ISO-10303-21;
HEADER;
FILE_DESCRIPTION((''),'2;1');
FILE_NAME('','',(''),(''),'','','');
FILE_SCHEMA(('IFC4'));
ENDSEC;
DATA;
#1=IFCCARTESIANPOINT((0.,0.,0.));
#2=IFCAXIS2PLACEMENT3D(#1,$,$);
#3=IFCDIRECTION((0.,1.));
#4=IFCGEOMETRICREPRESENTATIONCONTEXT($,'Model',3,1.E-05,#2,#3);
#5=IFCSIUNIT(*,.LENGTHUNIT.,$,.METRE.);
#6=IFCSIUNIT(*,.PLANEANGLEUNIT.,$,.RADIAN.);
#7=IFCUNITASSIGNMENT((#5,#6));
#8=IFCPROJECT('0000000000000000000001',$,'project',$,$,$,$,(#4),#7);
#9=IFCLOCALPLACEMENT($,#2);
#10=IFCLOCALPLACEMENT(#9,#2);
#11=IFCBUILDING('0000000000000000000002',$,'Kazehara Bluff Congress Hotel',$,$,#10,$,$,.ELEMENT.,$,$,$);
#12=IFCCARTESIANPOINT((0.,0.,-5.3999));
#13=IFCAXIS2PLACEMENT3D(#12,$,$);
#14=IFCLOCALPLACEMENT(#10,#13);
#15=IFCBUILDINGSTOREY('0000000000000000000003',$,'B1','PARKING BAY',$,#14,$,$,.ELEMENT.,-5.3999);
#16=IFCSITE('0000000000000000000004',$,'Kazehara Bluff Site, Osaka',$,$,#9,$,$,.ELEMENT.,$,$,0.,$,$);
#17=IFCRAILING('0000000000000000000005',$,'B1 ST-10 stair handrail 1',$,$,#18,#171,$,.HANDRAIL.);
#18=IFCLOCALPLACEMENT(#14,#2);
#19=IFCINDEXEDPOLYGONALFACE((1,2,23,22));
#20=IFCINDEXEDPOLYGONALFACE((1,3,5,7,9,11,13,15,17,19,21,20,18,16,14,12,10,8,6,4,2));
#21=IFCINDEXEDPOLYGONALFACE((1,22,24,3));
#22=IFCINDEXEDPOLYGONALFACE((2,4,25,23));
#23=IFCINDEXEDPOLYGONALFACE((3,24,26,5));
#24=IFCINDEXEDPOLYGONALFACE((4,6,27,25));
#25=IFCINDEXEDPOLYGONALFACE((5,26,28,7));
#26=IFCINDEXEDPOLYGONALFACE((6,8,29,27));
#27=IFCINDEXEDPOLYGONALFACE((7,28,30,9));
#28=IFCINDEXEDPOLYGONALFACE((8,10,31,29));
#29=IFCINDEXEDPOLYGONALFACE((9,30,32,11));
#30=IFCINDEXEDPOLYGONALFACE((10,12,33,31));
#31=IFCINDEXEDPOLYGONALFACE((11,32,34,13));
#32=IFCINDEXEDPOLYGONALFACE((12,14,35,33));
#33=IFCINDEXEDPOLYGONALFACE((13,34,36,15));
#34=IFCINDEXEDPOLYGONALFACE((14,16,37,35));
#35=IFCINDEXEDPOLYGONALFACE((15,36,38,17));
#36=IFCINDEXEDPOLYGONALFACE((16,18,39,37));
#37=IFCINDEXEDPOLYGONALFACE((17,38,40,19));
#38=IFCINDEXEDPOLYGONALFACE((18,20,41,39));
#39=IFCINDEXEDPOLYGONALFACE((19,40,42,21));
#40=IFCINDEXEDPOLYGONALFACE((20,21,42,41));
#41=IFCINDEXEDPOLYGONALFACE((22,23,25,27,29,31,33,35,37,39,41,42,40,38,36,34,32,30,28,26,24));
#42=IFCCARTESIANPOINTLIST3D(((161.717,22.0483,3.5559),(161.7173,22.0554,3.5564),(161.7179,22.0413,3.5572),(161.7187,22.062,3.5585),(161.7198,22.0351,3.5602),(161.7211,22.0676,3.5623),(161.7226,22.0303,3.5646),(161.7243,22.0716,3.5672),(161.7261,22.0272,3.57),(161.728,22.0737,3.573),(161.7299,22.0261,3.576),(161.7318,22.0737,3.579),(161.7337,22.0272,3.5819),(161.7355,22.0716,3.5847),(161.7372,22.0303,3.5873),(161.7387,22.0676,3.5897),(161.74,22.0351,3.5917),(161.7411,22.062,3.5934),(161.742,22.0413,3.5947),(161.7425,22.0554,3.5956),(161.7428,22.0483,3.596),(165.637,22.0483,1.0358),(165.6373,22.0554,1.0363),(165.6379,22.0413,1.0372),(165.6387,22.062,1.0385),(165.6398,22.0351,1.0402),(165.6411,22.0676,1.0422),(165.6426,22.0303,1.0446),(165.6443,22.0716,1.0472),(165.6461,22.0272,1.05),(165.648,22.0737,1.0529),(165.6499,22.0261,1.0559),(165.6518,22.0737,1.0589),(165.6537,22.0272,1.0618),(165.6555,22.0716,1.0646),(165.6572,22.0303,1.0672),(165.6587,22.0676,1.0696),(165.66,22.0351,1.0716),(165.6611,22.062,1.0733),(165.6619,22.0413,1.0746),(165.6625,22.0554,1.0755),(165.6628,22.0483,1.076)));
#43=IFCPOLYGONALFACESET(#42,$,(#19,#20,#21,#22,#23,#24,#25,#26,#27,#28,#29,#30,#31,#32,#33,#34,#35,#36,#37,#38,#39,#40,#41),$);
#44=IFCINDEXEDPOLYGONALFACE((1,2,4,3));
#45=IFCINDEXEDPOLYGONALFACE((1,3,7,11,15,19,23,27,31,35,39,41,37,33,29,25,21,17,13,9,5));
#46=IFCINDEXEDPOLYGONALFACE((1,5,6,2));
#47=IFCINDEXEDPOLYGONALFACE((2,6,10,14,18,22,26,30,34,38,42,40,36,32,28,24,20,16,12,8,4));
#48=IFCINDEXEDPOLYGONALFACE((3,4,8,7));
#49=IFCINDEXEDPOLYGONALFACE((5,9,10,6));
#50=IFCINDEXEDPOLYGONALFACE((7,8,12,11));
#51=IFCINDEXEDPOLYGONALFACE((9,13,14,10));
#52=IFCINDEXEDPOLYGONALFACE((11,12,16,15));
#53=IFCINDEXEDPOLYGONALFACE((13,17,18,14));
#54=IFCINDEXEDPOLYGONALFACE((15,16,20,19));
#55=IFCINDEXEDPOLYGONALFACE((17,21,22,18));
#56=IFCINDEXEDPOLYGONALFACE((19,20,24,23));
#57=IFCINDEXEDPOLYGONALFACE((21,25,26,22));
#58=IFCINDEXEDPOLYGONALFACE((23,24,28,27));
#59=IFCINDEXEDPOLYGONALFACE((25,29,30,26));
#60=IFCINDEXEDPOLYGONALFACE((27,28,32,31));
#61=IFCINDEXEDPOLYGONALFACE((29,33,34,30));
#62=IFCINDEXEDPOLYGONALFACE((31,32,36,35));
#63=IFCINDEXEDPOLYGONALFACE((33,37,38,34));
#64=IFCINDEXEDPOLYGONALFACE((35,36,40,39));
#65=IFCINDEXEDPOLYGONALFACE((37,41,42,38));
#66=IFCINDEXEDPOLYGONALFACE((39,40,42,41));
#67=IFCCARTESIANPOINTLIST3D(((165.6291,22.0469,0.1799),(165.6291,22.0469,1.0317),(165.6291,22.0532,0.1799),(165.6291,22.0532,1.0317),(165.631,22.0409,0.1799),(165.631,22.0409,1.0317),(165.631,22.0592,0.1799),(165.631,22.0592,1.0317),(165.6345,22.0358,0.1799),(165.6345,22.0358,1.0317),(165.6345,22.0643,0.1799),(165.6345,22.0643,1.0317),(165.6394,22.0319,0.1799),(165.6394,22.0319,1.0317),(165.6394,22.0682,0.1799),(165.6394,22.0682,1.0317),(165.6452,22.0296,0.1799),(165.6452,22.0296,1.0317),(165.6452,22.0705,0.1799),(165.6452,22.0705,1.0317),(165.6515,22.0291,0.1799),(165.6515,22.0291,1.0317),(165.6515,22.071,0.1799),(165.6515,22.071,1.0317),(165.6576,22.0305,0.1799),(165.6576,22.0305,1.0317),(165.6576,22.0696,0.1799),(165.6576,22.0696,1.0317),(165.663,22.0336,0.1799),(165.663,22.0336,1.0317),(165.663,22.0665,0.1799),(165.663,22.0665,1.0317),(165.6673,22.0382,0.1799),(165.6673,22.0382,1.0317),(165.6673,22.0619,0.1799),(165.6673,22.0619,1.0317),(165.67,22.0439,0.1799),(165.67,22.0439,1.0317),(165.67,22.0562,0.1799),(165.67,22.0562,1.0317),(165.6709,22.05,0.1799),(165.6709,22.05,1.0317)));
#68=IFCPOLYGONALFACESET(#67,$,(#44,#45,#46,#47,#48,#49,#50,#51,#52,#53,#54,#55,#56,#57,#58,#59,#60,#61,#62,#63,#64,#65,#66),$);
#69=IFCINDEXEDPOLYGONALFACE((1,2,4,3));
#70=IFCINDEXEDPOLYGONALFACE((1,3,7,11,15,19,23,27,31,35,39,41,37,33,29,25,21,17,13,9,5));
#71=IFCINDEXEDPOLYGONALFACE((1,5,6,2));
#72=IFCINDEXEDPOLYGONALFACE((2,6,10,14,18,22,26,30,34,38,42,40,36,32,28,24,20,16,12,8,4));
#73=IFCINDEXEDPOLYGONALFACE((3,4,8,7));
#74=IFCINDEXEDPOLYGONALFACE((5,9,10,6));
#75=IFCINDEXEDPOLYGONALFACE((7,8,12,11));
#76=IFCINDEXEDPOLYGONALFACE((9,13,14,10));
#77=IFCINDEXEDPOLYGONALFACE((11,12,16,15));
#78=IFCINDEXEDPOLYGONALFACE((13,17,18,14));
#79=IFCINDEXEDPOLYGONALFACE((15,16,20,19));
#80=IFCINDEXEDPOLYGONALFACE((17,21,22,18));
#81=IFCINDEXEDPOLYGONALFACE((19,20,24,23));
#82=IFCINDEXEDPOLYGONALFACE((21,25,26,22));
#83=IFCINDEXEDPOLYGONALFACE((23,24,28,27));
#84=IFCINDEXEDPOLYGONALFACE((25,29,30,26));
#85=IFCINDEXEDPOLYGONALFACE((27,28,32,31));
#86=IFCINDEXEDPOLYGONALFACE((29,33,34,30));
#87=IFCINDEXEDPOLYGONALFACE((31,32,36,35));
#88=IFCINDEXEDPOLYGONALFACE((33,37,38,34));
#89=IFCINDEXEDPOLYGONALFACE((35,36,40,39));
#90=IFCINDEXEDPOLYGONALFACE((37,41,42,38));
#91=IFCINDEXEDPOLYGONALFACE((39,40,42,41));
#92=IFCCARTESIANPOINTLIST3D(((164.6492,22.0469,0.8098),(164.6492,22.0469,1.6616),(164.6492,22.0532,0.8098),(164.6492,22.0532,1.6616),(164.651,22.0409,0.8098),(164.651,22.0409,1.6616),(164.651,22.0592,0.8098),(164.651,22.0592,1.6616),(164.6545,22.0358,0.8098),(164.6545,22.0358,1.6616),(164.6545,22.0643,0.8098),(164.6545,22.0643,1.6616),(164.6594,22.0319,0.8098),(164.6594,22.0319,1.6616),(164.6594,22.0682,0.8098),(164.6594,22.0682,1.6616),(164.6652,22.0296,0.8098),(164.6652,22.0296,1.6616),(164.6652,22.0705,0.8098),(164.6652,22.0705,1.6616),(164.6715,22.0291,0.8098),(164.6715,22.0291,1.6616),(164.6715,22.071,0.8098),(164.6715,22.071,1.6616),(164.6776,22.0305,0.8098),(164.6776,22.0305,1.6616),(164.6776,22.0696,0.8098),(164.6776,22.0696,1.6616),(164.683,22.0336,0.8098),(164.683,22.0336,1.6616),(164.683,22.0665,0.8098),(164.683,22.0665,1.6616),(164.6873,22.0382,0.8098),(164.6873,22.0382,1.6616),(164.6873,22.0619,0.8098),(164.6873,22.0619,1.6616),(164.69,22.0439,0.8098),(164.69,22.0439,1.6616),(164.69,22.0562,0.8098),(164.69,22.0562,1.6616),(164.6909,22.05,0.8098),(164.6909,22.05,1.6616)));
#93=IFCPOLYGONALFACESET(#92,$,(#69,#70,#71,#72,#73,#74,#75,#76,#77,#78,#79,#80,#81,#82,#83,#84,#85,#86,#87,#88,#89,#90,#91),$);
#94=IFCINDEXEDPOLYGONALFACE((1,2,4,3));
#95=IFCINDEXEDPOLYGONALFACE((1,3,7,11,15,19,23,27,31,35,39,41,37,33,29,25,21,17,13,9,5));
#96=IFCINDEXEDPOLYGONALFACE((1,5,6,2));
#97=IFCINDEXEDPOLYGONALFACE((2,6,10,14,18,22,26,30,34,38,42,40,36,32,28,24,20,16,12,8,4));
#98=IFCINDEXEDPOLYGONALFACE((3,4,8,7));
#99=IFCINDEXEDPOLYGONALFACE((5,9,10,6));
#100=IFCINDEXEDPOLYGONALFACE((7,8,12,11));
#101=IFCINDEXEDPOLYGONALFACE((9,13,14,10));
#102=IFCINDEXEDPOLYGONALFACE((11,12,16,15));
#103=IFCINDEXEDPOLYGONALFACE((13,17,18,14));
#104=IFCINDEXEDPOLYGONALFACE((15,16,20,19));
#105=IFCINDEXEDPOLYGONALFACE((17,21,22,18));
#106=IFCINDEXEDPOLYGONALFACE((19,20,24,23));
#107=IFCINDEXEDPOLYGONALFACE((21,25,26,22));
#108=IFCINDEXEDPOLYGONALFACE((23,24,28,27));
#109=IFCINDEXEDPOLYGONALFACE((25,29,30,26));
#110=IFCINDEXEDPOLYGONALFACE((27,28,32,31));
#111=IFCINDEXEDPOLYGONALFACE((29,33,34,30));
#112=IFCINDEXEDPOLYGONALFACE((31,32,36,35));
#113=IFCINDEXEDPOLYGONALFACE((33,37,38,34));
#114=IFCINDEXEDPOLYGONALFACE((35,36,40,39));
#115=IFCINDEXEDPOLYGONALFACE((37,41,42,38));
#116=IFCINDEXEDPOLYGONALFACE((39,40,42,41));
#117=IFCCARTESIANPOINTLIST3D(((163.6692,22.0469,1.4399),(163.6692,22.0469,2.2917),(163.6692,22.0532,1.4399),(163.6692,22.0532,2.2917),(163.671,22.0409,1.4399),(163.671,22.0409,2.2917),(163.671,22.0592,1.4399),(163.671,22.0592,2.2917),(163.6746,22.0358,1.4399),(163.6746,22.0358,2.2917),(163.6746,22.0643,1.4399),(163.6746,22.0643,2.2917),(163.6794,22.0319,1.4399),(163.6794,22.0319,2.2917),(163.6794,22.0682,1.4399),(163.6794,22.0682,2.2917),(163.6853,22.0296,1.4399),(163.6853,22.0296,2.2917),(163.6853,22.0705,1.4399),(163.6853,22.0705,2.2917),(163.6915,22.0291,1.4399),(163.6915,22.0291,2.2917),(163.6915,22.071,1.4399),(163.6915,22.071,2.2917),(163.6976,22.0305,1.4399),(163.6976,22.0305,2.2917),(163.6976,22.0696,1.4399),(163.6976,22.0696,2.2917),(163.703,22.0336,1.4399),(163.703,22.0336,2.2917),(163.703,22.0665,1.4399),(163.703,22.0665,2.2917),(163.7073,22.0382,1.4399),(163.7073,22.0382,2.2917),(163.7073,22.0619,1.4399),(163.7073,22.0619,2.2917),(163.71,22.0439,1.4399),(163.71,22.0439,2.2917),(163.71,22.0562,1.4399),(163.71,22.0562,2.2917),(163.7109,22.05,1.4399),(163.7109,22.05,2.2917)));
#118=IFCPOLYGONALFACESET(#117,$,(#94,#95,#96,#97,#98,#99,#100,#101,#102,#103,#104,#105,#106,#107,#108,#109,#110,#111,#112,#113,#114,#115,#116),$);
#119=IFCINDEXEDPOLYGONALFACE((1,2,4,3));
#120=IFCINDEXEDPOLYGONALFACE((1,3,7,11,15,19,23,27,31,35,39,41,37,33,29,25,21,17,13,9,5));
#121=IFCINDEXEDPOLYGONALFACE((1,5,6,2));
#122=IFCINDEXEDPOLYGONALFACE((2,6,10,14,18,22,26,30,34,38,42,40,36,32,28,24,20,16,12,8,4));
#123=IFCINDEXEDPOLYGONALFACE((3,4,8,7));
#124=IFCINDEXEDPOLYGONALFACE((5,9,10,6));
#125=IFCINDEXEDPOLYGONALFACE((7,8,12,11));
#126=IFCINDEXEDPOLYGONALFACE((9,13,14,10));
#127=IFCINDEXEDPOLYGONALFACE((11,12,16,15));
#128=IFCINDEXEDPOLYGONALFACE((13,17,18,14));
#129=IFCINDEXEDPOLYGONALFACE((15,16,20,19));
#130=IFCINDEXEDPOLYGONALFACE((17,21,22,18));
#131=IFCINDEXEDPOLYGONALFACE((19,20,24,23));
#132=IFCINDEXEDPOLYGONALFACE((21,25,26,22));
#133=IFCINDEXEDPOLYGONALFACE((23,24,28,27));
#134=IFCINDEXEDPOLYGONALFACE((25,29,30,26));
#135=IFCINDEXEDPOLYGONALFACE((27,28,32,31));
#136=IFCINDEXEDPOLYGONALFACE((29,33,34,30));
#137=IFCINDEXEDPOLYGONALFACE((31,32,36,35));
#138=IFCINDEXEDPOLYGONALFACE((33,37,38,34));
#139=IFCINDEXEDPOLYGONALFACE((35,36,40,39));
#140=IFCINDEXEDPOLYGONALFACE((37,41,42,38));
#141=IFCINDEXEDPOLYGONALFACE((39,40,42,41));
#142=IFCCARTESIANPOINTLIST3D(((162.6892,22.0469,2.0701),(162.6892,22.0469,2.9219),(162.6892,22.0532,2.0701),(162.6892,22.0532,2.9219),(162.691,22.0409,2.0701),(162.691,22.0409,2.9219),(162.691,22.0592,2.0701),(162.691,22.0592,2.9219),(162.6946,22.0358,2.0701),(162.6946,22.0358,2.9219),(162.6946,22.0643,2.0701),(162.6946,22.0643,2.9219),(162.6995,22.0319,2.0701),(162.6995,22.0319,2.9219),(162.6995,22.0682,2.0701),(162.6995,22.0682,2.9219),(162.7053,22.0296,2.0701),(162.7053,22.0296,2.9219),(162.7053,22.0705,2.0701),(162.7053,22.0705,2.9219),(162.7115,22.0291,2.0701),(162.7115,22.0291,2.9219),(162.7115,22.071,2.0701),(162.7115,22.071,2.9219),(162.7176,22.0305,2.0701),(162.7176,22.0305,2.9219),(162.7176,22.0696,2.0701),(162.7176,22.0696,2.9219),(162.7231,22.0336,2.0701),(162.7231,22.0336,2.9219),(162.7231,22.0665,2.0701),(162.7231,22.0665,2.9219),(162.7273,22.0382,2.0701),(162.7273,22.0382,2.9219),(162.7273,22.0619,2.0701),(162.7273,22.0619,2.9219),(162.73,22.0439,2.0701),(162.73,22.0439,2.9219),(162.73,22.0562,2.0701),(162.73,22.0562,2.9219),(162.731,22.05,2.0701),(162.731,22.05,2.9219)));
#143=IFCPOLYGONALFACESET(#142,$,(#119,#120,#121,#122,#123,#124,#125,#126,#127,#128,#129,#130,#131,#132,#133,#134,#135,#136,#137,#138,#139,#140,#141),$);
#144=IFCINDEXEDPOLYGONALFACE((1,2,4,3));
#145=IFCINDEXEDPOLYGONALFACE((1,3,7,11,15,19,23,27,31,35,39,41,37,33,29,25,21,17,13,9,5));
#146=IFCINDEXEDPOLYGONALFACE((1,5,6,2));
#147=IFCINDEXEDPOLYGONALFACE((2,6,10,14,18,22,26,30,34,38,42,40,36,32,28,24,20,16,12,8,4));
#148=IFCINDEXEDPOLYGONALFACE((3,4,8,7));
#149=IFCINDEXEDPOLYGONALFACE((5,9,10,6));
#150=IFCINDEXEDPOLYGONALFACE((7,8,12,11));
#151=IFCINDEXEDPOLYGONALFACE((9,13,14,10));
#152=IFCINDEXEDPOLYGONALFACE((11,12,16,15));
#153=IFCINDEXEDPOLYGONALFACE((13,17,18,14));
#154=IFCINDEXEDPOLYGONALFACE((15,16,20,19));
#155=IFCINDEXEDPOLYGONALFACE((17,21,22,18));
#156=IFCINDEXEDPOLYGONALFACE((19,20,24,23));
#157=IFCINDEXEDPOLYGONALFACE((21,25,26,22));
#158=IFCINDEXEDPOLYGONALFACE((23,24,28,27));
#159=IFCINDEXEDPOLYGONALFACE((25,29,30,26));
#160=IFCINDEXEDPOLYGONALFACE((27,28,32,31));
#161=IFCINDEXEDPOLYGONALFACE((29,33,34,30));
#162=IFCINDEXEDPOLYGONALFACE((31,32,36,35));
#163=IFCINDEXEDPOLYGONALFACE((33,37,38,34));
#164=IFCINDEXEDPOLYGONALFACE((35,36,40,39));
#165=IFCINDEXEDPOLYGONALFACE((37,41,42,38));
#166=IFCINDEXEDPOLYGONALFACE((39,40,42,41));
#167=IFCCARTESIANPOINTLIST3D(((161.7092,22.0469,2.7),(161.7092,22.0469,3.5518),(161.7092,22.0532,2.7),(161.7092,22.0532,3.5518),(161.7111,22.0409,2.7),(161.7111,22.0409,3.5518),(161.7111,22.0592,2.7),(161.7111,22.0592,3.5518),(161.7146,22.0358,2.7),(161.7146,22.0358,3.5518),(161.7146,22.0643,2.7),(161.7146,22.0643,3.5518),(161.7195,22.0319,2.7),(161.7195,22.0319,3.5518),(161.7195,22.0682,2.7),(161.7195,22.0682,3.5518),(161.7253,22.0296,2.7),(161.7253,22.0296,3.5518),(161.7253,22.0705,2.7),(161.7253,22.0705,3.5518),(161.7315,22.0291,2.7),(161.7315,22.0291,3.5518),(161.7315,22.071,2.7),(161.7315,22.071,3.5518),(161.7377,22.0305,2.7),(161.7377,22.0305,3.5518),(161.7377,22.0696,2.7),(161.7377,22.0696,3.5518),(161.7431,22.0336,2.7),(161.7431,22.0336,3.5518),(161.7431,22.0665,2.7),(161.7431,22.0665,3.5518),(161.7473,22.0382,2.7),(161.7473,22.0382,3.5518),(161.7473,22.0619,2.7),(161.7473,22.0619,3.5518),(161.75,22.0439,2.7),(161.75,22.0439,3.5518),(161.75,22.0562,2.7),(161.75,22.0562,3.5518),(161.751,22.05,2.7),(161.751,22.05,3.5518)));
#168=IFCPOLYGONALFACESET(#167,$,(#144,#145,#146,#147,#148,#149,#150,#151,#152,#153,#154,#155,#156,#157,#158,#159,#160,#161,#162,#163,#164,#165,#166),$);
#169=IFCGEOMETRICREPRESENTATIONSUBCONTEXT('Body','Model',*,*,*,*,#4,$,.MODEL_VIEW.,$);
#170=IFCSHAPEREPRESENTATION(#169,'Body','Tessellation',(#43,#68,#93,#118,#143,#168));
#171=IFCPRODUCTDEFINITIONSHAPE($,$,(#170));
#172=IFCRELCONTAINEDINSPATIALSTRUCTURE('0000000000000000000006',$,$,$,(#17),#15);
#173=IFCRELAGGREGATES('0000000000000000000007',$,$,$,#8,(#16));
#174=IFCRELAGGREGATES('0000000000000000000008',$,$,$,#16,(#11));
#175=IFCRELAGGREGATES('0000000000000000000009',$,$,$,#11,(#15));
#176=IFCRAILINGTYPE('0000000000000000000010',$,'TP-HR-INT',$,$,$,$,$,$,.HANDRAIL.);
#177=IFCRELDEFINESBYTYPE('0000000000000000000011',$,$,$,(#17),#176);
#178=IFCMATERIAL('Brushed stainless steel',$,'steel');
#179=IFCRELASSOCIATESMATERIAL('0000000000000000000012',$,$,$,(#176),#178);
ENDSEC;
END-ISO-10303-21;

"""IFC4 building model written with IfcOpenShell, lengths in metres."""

from ifc_helpers import new_model, si_unit, direction, frame, origin, origin_2d, place, context, subcontext, project, spatial, circle, extrude, material, type_object, element, save


model = new_model("IFC4")

# Units and contexts
model_context = context("Model", 3, precision=1e-05, world=origin(), true_north=direction((0.0, 1.0)))
body_context = subcontext(model_context, "Body", "Model", "MODEL_VIEW")
ifc_project = project(units=[si_unit("LENGTHUNIT", "METRE"), si_unit("PLANEANGLEUNIT", "RADIAN")], contexts=[model_context])

# Site, building, storey
site_placement = place(None, origin())
site = spatial("IfcSite", under=ifc_project, at=site_placement, Name="Kazehara Bluff Site, Osaka", CompositionType="ELEMENT", RefElevation=0.0)
building_placement = place(site_placement, origin())
building = spatial("IfcBuilding", under=site, at=building_placement, Name="Kazehara Bluff Congress Hotel", CompositionType="ELEMENT")
storey_placement = place(building_placement, frame((0.0, 0.0, -5.3999)))
storey = spatial("IfcBuildingStorey", under=building, at=storey_placement, Name="B1", Description="PARKING BAY", CompositionType="ELEMENT", Elevation=-5.3999)

# Railing
ifc_material_1 = material(Name="Brushed stainless steel", Category="steel")
railing_type_1 = type_object("IfcRailingType", Name="TP-HR-INT", PredefinedType="HANDRAIL", material=ifc_material_1)
railing_1_placement = place(storey_placement, frame((165.6499, 22.05, 0.1799)))
element("IfcRailing", 1, at=railing_1_placement, inside=storey, type_object=railing_type_1, Name="B1 ST-10 stair handrail 1", PredefinedType="HANDRAIL", context=body_context, shape_type="SweptSolid", body=[
    extrude(circle(Radius=0.0239, at=origin_2d()), frame((0.0, 0.0, 0.876), z_axis=(-0.841172, 0.0, 0.540768), x_axis=(0.0, -1.0, 0.0)), (0.0, 0.0, 1.0), 4.6602),
    extrude(circle(Radius=0.021, at=origin_2d()), origin(), (0.0, 0.0, 1.0), 0.8518),
    extrude(circle(Radius=0.021, at=origin_2d()), frame((-0.98, 0.0, 0.6299)), (0.0, 0.0, 1.0), 0.8518),
    extrude(circle(Radius=0.021, at=origin_2d()), frame((-1.96, 0.0, 1.26)), (0.0, 0.0, 1.0), 0.8518),
    extrude(circle(Radius=0.021, at=origin_2d()), frame((-2.9399, 0.0, 1.8901)), (0.0, 0.0, 1.0), 0.8518),
    extrude(circle(Radius=0.021, at=origin_2d()), frame((-3.9199, 0.0, 2.52)), (0.0, 0.0, 1.0), 0.8518),
])

save(model, "model.ifc")
